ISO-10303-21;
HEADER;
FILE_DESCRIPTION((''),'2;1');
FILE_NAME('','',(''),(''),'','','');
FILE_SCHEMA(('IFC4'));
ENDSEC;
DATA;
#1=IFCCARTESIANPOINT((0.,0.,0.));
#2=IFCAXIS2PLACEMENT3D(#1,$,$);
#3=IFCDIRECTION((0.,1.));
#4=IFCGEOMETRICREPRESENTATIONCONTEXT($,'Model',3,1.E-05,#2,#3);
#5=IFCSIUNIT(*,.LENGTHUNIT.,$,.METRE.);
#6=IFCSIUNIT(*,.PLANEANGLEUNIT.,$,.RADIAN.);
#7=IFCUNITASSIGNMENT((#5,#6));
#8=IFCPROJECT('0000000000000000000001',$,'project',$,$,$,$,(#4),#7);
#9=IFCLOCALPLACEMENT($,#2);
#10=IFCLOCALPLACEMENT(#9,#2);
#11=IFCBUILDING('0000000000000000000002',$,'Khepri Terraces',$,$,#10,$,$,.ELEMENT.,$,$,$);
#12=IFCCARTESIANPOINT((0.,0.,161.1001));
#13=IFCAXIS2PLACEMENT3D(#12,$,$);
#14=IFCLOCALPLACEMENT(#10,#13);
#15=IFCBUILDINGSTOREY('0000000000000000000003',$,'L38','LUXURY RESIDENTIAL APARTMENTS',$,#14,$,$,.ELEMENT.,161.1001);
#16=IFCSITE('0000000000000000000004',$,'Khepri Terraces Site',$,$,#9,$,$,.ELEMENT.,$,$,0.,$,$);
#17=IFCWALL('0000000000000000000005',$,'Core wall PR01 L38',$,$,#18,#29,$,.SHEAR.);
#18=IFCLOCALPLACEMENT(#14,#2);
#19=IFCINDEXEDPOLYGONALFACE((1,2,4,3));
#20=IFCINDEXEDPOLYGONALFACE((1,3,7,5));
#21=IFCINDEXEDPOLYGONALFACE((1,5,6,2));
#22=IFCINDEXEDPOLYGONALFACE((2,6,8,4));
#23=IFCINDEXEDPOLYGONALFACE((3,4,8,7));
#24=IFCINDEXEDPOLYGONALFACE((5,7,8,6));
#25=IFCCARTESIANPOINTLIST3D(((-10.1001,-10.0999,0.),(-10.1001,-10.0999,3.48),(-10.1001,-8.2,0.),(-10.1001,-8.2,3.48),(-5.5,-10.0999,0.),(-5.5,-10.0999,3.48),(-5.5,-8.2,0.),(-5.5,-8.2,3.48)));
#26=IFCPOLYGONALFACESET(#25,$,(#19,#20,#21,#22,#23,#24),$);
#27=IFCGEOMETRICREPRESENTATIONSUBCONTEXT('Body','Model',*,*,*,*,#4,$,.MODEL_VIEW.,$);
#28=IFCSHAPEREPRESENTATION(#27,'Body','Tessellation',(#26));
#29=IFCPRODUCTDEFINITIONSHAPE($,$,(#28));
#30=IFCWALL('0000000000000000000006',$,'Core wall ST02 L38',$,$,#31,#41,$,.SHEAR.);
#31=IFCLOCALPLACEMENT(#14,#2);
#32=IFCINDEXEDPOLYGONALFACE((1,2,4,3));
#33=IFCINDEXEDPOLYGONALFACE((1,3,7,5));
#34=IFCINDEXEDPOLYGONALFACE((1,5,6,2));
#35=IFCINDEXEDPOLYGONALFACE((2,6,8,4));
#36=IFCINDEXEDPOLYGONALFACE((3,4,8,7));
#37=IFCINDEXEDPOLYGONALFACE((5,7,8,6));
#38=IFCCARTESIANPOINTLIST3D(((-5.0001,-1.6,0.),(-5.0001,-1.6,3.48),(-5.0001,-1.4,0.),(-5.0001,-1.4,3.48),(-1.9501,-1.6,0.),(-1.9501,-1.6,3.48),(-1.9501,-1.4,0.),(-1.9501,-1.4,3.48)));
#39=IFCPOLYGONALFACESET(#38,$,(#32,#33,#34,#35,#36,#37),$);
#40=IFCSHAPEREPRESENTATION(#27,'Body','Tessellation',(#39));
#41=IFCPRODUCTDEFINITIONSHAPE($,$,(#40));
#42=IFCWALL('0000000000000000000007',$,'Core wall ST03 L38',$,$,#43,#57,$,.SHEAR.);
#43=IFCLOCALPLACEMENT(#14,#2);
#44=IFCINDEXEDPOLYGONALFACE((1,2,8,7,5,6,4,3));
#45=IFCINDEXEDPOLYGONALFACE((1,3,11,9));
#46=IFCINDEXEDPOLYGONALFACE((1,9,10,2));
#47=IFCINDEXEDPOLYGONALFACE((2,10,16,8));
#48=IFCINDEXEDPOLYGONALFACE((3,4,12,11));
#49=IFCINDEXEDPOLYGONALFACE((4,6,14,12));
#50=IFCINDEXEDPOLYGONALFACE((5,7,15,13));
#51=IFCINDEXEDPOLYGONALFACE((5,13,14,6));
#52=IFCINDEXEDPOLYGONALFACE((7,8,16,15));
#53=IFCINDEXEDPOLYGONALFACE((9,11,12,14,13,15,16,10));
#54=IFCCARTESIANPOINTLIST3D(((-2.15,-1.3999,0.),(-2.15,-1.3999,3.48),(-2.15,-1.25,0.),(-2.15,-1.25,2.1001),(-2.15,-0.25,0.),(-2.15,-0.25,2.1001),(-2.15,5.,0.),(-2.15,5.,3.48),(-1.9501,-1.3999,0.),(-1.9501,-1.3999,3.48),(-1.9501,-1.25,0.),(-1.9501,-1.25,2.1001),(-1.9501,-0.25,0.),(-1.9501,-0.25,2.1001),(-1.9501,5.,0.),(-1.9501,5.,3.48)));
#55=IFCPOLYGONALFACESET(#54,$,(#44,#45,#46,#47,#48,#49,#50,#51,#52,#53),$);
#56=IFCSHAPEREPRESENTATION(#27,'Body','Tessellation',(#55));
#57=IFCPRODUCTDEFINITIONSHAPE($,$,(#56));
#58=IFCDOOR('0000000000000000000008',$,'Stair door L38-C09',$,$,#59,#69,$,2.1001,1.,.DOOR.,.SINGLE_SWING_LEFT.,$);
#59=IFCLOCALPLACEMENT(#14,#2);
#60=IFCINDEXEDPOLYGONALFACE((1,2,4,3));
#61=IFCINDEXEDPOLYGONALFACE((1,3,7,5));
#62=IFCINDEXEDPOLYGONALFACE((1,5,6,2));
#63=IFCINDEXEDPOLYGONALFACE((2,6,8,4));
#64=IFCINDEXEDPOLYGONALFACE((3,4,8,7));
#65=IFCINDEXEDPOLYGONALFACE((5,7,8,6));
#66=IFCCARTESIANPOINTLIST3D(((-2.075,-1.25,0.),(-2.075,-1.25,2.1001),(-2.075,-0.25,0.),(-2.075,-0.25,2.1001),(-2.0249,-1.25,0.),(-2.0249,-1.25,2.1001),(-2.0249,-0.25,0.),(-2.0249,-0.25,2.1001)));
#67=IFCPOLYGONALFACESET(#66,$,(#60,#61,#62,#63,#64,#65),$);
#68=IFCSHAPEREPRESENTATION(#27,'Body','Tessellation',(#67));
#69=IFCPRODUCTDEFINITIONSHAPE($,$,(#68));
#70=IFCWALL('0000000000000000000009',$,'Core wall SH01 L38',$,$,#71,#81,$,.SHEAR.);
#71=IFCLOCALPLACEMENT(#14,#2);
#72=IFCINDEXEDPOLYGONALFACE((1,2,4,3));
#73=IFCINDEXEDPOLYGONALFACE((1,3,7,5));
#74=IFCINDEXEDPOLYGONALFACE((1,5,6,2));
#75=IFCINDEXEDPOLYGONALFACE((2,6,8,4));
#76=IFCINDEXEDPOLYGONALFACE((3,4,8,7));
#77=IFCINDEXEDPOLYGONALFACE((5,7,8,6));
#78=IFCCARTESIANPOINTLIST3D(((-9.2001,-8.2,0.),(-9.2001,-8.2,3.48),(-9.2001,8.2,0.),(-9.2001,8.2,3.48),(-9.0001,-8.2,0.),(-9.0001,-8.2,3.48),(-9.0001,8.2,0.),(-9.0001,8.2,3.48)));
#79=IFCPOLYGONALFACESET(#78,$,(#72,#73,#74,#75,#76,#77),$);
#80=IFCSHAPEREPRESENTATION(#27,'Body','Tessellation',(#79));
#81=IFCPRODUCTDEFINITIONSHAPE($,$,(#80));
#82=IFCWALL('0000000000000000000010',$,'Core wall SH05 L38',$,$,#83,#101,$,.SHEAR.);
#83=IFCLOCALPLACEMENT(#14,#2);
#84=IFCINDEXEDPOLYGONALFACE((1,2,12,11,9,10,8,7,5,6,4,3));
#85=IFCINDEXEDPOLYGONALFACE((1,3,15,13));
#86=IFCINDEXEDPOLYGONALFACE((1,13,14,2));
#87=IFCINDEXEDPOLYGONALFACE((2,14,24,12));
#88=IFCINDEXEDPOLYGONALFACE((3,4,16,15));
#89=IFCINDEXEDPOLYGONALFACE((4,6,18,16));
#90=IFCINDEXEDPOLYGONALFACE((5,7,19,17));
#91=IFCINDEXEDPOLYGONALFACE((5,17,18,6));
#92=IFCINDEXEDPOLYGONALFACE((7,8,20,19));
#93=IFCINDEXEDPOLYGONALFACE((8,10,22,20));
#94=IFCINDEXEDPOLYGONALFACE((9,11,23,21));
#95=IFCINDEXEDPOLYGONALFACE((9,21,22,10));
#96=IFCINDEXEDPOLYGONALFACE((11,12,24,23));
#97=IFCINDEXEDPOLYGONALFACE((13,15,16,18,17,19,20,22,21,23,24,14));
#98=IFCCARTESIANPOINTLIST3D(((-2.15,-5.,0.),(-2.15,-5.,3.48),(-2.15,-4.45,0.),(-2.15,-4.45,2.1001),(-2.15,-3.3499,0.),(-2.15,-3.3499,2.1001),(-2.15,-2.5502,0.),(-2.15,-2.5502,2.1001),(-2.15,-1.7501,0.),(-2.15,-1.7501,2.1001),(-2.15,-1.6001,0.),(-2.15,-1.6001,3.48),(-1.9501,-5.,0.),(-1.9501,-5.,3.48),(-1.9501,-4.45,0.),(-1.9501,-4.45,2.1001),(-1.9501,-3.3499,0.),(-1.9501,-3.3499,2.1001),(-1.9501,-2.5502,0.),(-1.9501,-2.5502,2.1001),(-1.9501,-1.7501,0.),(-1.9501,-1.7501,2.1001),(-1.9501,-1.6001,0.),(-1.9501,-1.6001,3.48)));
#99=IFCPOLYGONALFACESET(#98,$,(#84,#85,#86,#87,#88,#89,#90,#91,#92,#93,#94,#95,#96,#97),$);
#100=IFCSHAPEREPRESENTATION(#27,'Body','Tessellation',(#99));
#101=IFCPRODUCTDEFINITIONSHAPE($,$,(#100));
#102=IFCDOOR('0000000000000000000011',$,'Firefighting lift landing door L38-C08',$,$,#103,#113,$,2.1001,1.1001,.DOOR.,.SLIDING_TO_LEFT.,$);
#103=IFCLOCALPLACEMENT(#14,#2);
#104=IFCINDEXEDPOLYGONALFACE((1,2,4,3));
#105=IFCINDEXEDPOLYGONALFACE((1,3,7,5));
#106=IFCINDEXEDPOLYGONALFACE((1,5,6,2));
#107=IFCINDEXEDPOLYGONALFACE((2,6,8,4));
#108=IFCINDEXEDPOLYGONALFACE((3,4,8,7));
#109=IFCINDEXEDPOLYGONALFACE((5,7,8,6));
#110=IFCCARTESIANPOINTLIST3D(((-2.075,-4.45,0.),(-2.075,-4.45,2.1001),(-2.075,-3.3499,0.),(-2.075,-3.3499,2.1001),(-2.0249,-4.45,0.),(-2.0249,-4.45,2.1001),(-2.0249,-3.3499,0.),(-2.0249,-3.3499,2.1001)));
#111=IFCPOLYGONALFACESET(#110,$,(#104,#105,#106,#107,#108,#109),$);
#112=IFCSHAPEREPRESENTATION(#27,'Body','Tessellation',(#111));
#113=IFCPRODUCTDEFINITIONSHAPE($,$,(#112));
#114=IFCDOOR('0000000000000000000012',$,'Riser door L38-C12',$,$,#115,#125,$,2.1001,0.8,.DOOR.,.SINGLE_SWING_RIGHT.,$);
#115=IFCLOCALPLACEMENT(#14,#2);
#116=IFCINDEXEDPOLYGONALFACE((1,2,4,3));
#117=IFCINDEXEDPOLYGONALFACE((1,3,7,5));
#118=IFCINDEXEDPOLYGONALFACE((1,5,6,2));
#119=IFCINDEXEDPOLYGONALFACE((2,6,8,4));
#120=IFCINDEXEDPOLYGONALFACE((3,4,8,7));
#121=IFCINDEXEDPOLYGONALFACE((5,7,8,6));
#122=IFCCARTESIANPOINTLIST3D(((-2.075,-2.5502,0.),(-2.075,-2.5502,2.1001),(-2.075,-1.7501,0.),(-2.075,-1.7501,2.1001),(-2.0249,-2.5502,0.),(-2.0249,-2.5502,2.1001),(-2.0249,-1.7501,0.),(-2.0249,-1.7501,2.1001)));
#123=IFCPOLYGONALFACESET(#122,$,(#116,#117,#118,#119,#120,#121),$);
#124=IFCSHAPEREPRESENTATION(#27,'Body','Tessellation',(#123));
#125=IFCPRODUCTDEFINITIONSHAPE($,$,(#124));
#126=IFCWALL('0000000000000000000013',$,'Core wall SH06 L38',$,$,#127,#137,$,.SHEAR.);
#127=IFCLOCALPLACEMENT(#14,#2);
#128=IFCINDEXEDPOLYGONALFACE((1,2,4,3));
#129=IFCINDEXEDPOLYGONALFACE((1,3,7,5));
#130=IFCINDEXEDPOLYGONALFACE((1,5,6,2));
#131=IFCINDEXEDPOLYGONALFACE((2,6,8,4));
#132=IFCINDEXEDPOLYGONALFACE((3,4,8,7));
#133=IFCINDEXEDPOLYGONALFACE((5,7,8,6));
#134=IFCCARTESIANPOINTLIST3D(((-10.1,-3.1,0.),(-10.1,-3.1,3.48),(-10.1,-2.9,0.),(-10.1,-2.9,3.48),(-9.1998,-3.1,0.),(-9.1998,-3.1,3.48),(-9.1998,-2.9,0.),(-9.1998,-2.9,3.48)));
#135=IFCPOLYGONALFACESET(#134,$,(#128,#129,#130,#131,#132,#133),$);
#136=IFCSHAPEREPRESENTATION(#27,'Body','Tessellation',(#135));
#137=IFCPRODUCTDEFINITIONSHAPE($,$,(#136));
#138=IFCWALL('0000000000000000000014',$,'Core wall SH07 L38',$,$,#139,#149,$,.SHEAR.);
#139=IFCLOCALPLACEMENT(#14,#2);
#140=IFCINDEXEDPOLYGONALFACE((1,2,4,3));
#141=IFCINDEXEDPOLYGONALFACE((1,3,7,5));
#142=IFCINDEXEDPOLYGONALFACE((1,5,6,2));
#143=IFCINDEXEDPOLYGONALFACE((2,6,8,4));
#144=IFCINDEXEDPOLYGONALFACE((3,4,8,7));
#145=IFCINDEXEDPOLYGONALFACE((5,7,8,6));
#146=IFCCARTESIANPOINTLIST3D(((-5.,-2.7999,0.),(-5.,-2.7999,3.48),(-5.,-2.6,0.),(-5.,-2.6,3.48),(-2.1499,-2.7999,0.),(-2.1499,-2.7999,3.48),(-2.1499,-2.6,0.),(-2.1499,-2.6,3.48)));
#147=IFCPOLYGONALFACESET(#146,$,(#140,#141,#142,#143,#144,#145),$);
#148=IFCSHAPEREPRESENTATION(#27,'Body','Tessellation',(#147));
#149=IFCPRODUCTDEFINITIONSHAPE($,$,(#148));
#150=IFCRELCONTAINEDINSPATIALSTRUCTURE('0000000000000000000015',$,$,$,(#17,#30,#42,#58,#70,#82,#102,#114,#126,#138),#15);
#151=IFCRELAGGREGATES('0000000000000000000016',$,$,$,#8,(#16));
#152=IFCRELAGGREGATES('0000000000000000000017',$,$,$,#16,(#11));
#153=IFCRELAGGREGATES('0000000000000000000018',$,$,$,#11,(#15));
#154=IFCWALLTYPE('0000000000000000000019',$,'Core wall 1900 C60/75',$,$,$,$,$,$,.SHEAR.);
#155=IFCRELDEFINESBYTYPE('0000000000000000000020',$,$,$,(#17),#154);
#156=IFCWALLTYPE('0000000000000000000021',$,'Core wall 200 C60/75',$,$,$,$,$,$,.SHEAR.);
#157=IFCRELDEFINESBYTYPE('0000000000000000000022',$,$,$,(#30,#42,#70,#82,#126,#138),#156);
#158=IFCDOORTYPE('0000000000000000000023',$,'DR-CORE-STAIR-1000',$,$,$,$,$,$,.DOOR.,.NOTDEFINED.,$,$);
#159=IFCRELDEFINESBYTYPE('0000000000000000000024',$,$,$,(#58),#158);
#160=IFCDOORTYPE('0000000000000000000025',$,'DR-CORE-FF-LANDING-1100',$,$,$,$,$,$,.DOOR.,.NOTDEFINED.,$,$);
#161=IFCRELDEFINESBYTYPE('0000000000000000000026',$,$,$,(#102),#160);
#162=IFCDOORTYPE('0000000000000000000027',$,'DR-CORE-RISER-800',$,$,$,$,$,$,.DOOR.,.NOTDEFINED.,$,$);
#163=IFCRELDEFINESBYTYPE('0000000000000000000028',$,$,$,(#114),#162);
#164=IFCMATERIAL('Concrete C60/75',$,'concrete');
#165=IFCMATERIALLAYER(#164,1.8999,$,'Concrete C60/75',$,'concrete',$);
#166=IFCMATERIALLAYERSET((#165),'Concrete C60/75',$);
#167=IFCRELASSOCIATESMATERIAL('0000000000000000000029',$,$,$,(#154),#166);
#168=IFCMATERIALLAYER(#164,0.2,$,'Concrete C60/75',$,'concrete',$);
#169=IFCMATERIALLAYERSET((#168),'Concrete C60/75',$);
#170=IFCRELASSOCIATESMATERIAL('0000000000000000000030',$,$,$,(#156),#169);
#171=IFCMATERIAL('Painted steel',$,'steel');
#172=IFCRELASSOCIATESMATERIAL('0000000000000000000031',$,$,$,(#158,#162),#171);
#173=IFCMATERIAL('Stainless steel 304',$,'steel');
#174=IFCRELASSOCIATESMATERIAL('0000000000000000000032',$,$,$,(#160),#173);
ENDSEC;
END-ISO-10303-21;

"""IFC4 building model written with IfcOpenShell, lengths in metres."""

from ifc_helpers import new_model, si_unit, direction, frame, frame_2d, origin, place, context, subcontext, project, spatial, rectangle, extrude, material, layer, layer_set, type_object, element, fill, save


model = new_model("IFC4")

# Units and contexts
model_context = context("Model", 3, precision=1e-05, world=origin(), true_north=direction((0.0, 1.0)))
body_context = subcontext(model_context, "Body", "Model", "MODEL_VIEW")
ifc_project = project(units=[si_unit("LENGTHUNIT", "METRE"), si_unit("PLANEANGLEUNIT", "RADIAN")], contexts=[model_context])

# Site, building, storey
site_placement = place(None, origin())
site = spatial("IfcSite", under=ifc_project, at=site_placement, Name="Khepri Terraces Site", CompositionType="ELEMENT", RefElevation=0.0)
building_placement = place(site_placement, origin())
building = spatial("IfcBuilding", under=site, at=building_placement, Name="Khepri Terraces", CompositionType="ELEMENT")
storey_placement = place(building_placement, frame((0.0, 0.0, 161.1001)))
storey = spatial("IfcBuildingStorey", under=building, at=storey_placement, Name="L38", Description="LUXURY RESIDENTIAL APARTMENTS", CompositionType="ELEMENT", Elevation=161.1001)

# Walls
ifc_material_1 = material(Name="Concrete C60/75", Category="concrete")
ifc_layer_1 = layer(ifc_material_1, 1.8999, Name="Concrete C60/75", Category="concrete")
ifc_layer_set_1 = layer_set([ifc_layer_1], Name="Concrete C60/75")
wall_type_1 = type_object("IfcWallType", Name="Core wall 1900 C60/75", PredefinedType="SHEAR", material=ifc_layer_set_1)
wall_1_placement = place(storey_placement, frame((-10.1001, -9.1499, 0.0), z_axis=(0.0, 0.0, 1.0), x_axis=(1.0, 0.0, 0.0)))
element("IfcWall", 1, at=wall_1_placement, inside=storey, type_object=wall_type_1, Name="Core wall PR01 L38", PredefinedType="SHEAR", context=body_context, shape_type="SweptSolid", body=[
    extrude(rectangle(XDim=4.6001, YDim=1.8999, at=frame_2d((2.3, 0.0))), origin(), (0.0, 0.0, 1.0), 3.48),
])
ifc_layer_2 = layer(ifc_material_1, 0.2, Name="Concrete C60/75", Category="concrete")
ifc_layer_set_2 = layer_set([ifc_layer_2], Name="Concrete C60/75")
wall_type_2 = type_object("IfcWallType", Name="Core wall 200 C60/75", PredefinedType="SHEAR", material=ifc_layer_set_2)
wall_2_placement = place(storey_placement, frame((-5.0, -1.5, 0.0), z_axis=(0.0, 0.0, 1.0), x_axis=(1.0, 0.0, 0.0)))
element("IfcWall", 2, at=wall_2_placement, inside=storey, type_object=wall_type_2, Name="Core wall ST02 L38", PredefinedType="SHEAR", context=body_context, shape_type="SweptSolid", body=[
    extrude(rectangle(XDim=3.05, YDim=0.2, at=frame_2d((1.5249, 0.0))), origin(), (0.0, 0.0, 1.0), 3.48),
])

# Wall, opening, door
wall_3_placement = place(storey_placement, frame((-2.05, -1.3999, 0.0), z_axis=(0.0, 0.0, 1.0), x_axis=(0.0, 1.0, 0.0)))
wall_3 = element("IfcWall", 3, at=wall_3_placement, inside=storey, type_object=wall_type_2, Name="Core wall ST03 L38", PredefinedType="SHEAR", context=body_context, shape_type="SweptSolid", body=[
    extrude(rectangle(XDim=6.3999, YDim=0.2, at=frame_2d((3.2, 0.0))), origin(), (0.0, 0.0, 1.0), 3.48),
])
opening_1_placement = place(wall_3_placement, frame((0.1499, 0.0, 0.0)))
opening_1 = element("IfcOpeningElement", 4, at=opening_1_placement, cuts=wall_3, PredefinedType="OPENING", context=body_context, shape_type="SweptSolid", body=[
    extrude(rectangle(XDim=1.0, YDim=2.1001, at=frame_2d((0.5, 1.05))), frame((0.0, 0.1099, 0.0), z_axis=(0.0, -1.0, 0.0), x_axis=(1.0, 0.0, 0.0)), (0.0, 0.0, 1.0), 0.22),
])
ifc_material_2 = material(Name="Painted steel", Category="steel")
door_type_1 = type_object("IfcDoorType", Name="DR-CORE-STAIR-1000", OperationType="NOTDEFINED", PredefinedType="DOOR", material=ifc_material_2)
door_1_placement = place(opening_1_placement, origin())
door_1 = element("IfcDoor", 5, at=door_1_placement, inside=storey, type_object=door_type_1, Name="Stair door L38-C09", OperationType="SINGLE_SWING_LEFT", OverallHeight=2.1001, OverallWidth=1.0, PredefinedType="DOOR", context=body_context, shape_type="SweptSolid", body=[
    extrude(rectangle(XDim=1.0, YDim=2.1001, at=frame_2d((0.5, 1.05))), frame((0.0, 0.0249, 0.0), z_axis=(0.0, -1.0, 0.0), x_axis=(1.0, 0.0, 0.0)), (0.0, 0.0, 1.0), 0.05),
])
fill(opening_1, door_1)

# Wall
wall_4_placement = place(storey_placement, frame((-9.1001, -8.2, 0.0), z_axis=(0.0, 0.0, 1.0), x_axis=(0.0, 1.0, 0.0)))
element("IfcWall", 6, at=wall_4_placement, inside=storey, type_object=wall_type_2, Name="Core wall SH01 L38", PredefinedType="SHEAR", context=body_context, shape_type="SweptSolid", body=[
    extrude(rectangle(XDim=16.3999, YDim=0.2, at=frame_2d((8.2, 0.0))), origin(), (0.0, 0.0, 1.0), 3.48),
])

# Wall, openings, doors
wall_5_placement = place(storey_placement, frame((-2.05, -5.0, 0.0), z_axis=(0.0, 0.0, 1.0), x_axis=(0.0, 1.0, 0.0)))
wall_5 = element("IfcWall", 7, at=wall_5_placement, inside=storey, type_object=wall_type_2, Name="Core wall SH05 L38", PredefinedType="SHEAR", context=body_context, shape_type="SweptSolid", body=[
    extrude(rectangle(XDim=3.3999, YDim=0.2, at=frame_2d((1.7, 0.0))), origin(), (0.0, 0.0, 1.0), 3.48),
])
opening_2_placement = place(wall_5_placement, frame((0.55, 0.0, 0.0)))
opening_2 = element("IfcOpeningElement", 8, at=opening_2_placement, cuts=wall_5, PredefinedType="OPENING", context=body_context, shape_type="SweptSolid", body=[
    extrude(rectangle(XDim=1.1001, YDim=2.1001, at=frame_2d((0.55, 1.05))), frame((0.0, 0.1099, 0.0), z_axis=(0.0, -1.0, 0.0), x_axis=(1.0, 0.0, 0.0)), (0.0, 0.0, 1.0), 0.22),
])
opening_3_placement = place(wall_5_placement, frame((2.45, 0.0, 0.0)))
opening_3 = element("IfcOpeningElement", 9, at=opening_3_placement, cuts=wall_5, PredefinedType="OPENING", context=body_context, shape_type="SweptSolid", body=[
    extrude(rectangle(XDim=0.8, YDim=2.1001, at=frame_2d((0.3999, 1.05))), frame((0.0, 0.1099, 0.0), z_axis=(0.0, -1.0, 0.0), x_axis=(1.0, 0.0, 0.0)), (0.0, 0.0, 1.0), 0.22),
])
ifc_material_3 = material(Name="Stainless steel 304", Category="steel")
door_type_2 = type_object("IfcDoorType", Name="DR-CORE-FF-LANDING-1100", OperationType="NOTDEFINED", PredefinedType="DOOR", material=ifc_material_3)
door_2_placement = place(opening_2_placement, origin())
door_2 = element("IfcDoor", 10, at=door_2_placement, inside=storey, type_object=door_type_2, Name="Firefighting lift landing door L38-C08", OperationType="SLIDING_TO_LEFT", OverallHeight=2.1001, OverallWidth=1.1001, PredefinedType="DOOR", context=body_context, shape_type="SweptSolid", body=[
    extrude(rectangle(XDim=1.1001, YDim=2.1001, at=frame_2d((0.55, 1.05))), frame((0.0, 0.0249, 0.0), z_axis=(0.0, -1.0, 0.0), x_axis=(1.0, 0.0, 0.0)), (0.0, 0.0, 1.0), 0.05),
])
fill(opening_2, door_2)
door_type_3 = type_object("IfcDoorType", Name="DR-CORE-RISER-800", OperationType="NOTDEFINED", PredefinedType="DOOR", material=ifc_material_2)
door_3_placement = place(opening_3_placement, origin())
door_3 = element("IfcDoor", 11, at=door_3_placement, inside=storey, type_object=door_type_3, Name="Riser door L38-C12", OperationType="SINGLE_SWING_RIGHT", OverallHeight=2.1001, OverallWidth=0.8, PredefinedType="DOOR", context=body_context, shape_type="SweptSolid", body=[
    extrude(rectangle(XDim=0.8, YDim=2.1001, at=frame_2d((0.3999, 1.05))), frame((0.0, 0.0249, 0.0), z_axis=(0.0, -1.0, 0.0), x_axis=(1.0, 0.0, 0.0)), (0.0, 0.0, 1.0), 0.05),
])
fill(opening_3, door_3)

# Walls
wall_6_placement = place(storey_placement, frame((-10.1001, -3.0, 0.0), z_axis=(0.0, 0.0, 1.0), x_axis=(1.0, 0.0, 0.0)))
element("IfcWall", 12, at=wall_6_placement, inside=storey, type_object=wall_type_2, Name="Core wall SH06 L38", PredefinedType="SHEAR", context=body_context, shape_type="SweptSolid", body=[
    extrude(rectangle(XDim=0.9001, YDim=0.2, at=frame_2d((0.4502, 0.0))), origin(), (0.0, 0.0, 1.0), 3.48),
])
wall_7_placement = place(storey_placement, frame((-5.0, -2.7, 0.0), z_axis=(0.0, 0.0, 1.0), x_axis=(1.0, 0.0, 0.0)))
element("IfcWall", 13, at=wall_7_placement, inside=storey, type_object=wall_type_2, Name="Core wall SH07 L38", PredefinedType="SHEAR", context=body_context, shape_type="SweptSolid", body=[
    extrude(rectangle(XDim=2.8501, YDim=0.2, at=frame_2d((1.425, 0.0))), origin(), (0.0, 0.0, 1.0), 3.48),
])

save(model, "model.ifc")
